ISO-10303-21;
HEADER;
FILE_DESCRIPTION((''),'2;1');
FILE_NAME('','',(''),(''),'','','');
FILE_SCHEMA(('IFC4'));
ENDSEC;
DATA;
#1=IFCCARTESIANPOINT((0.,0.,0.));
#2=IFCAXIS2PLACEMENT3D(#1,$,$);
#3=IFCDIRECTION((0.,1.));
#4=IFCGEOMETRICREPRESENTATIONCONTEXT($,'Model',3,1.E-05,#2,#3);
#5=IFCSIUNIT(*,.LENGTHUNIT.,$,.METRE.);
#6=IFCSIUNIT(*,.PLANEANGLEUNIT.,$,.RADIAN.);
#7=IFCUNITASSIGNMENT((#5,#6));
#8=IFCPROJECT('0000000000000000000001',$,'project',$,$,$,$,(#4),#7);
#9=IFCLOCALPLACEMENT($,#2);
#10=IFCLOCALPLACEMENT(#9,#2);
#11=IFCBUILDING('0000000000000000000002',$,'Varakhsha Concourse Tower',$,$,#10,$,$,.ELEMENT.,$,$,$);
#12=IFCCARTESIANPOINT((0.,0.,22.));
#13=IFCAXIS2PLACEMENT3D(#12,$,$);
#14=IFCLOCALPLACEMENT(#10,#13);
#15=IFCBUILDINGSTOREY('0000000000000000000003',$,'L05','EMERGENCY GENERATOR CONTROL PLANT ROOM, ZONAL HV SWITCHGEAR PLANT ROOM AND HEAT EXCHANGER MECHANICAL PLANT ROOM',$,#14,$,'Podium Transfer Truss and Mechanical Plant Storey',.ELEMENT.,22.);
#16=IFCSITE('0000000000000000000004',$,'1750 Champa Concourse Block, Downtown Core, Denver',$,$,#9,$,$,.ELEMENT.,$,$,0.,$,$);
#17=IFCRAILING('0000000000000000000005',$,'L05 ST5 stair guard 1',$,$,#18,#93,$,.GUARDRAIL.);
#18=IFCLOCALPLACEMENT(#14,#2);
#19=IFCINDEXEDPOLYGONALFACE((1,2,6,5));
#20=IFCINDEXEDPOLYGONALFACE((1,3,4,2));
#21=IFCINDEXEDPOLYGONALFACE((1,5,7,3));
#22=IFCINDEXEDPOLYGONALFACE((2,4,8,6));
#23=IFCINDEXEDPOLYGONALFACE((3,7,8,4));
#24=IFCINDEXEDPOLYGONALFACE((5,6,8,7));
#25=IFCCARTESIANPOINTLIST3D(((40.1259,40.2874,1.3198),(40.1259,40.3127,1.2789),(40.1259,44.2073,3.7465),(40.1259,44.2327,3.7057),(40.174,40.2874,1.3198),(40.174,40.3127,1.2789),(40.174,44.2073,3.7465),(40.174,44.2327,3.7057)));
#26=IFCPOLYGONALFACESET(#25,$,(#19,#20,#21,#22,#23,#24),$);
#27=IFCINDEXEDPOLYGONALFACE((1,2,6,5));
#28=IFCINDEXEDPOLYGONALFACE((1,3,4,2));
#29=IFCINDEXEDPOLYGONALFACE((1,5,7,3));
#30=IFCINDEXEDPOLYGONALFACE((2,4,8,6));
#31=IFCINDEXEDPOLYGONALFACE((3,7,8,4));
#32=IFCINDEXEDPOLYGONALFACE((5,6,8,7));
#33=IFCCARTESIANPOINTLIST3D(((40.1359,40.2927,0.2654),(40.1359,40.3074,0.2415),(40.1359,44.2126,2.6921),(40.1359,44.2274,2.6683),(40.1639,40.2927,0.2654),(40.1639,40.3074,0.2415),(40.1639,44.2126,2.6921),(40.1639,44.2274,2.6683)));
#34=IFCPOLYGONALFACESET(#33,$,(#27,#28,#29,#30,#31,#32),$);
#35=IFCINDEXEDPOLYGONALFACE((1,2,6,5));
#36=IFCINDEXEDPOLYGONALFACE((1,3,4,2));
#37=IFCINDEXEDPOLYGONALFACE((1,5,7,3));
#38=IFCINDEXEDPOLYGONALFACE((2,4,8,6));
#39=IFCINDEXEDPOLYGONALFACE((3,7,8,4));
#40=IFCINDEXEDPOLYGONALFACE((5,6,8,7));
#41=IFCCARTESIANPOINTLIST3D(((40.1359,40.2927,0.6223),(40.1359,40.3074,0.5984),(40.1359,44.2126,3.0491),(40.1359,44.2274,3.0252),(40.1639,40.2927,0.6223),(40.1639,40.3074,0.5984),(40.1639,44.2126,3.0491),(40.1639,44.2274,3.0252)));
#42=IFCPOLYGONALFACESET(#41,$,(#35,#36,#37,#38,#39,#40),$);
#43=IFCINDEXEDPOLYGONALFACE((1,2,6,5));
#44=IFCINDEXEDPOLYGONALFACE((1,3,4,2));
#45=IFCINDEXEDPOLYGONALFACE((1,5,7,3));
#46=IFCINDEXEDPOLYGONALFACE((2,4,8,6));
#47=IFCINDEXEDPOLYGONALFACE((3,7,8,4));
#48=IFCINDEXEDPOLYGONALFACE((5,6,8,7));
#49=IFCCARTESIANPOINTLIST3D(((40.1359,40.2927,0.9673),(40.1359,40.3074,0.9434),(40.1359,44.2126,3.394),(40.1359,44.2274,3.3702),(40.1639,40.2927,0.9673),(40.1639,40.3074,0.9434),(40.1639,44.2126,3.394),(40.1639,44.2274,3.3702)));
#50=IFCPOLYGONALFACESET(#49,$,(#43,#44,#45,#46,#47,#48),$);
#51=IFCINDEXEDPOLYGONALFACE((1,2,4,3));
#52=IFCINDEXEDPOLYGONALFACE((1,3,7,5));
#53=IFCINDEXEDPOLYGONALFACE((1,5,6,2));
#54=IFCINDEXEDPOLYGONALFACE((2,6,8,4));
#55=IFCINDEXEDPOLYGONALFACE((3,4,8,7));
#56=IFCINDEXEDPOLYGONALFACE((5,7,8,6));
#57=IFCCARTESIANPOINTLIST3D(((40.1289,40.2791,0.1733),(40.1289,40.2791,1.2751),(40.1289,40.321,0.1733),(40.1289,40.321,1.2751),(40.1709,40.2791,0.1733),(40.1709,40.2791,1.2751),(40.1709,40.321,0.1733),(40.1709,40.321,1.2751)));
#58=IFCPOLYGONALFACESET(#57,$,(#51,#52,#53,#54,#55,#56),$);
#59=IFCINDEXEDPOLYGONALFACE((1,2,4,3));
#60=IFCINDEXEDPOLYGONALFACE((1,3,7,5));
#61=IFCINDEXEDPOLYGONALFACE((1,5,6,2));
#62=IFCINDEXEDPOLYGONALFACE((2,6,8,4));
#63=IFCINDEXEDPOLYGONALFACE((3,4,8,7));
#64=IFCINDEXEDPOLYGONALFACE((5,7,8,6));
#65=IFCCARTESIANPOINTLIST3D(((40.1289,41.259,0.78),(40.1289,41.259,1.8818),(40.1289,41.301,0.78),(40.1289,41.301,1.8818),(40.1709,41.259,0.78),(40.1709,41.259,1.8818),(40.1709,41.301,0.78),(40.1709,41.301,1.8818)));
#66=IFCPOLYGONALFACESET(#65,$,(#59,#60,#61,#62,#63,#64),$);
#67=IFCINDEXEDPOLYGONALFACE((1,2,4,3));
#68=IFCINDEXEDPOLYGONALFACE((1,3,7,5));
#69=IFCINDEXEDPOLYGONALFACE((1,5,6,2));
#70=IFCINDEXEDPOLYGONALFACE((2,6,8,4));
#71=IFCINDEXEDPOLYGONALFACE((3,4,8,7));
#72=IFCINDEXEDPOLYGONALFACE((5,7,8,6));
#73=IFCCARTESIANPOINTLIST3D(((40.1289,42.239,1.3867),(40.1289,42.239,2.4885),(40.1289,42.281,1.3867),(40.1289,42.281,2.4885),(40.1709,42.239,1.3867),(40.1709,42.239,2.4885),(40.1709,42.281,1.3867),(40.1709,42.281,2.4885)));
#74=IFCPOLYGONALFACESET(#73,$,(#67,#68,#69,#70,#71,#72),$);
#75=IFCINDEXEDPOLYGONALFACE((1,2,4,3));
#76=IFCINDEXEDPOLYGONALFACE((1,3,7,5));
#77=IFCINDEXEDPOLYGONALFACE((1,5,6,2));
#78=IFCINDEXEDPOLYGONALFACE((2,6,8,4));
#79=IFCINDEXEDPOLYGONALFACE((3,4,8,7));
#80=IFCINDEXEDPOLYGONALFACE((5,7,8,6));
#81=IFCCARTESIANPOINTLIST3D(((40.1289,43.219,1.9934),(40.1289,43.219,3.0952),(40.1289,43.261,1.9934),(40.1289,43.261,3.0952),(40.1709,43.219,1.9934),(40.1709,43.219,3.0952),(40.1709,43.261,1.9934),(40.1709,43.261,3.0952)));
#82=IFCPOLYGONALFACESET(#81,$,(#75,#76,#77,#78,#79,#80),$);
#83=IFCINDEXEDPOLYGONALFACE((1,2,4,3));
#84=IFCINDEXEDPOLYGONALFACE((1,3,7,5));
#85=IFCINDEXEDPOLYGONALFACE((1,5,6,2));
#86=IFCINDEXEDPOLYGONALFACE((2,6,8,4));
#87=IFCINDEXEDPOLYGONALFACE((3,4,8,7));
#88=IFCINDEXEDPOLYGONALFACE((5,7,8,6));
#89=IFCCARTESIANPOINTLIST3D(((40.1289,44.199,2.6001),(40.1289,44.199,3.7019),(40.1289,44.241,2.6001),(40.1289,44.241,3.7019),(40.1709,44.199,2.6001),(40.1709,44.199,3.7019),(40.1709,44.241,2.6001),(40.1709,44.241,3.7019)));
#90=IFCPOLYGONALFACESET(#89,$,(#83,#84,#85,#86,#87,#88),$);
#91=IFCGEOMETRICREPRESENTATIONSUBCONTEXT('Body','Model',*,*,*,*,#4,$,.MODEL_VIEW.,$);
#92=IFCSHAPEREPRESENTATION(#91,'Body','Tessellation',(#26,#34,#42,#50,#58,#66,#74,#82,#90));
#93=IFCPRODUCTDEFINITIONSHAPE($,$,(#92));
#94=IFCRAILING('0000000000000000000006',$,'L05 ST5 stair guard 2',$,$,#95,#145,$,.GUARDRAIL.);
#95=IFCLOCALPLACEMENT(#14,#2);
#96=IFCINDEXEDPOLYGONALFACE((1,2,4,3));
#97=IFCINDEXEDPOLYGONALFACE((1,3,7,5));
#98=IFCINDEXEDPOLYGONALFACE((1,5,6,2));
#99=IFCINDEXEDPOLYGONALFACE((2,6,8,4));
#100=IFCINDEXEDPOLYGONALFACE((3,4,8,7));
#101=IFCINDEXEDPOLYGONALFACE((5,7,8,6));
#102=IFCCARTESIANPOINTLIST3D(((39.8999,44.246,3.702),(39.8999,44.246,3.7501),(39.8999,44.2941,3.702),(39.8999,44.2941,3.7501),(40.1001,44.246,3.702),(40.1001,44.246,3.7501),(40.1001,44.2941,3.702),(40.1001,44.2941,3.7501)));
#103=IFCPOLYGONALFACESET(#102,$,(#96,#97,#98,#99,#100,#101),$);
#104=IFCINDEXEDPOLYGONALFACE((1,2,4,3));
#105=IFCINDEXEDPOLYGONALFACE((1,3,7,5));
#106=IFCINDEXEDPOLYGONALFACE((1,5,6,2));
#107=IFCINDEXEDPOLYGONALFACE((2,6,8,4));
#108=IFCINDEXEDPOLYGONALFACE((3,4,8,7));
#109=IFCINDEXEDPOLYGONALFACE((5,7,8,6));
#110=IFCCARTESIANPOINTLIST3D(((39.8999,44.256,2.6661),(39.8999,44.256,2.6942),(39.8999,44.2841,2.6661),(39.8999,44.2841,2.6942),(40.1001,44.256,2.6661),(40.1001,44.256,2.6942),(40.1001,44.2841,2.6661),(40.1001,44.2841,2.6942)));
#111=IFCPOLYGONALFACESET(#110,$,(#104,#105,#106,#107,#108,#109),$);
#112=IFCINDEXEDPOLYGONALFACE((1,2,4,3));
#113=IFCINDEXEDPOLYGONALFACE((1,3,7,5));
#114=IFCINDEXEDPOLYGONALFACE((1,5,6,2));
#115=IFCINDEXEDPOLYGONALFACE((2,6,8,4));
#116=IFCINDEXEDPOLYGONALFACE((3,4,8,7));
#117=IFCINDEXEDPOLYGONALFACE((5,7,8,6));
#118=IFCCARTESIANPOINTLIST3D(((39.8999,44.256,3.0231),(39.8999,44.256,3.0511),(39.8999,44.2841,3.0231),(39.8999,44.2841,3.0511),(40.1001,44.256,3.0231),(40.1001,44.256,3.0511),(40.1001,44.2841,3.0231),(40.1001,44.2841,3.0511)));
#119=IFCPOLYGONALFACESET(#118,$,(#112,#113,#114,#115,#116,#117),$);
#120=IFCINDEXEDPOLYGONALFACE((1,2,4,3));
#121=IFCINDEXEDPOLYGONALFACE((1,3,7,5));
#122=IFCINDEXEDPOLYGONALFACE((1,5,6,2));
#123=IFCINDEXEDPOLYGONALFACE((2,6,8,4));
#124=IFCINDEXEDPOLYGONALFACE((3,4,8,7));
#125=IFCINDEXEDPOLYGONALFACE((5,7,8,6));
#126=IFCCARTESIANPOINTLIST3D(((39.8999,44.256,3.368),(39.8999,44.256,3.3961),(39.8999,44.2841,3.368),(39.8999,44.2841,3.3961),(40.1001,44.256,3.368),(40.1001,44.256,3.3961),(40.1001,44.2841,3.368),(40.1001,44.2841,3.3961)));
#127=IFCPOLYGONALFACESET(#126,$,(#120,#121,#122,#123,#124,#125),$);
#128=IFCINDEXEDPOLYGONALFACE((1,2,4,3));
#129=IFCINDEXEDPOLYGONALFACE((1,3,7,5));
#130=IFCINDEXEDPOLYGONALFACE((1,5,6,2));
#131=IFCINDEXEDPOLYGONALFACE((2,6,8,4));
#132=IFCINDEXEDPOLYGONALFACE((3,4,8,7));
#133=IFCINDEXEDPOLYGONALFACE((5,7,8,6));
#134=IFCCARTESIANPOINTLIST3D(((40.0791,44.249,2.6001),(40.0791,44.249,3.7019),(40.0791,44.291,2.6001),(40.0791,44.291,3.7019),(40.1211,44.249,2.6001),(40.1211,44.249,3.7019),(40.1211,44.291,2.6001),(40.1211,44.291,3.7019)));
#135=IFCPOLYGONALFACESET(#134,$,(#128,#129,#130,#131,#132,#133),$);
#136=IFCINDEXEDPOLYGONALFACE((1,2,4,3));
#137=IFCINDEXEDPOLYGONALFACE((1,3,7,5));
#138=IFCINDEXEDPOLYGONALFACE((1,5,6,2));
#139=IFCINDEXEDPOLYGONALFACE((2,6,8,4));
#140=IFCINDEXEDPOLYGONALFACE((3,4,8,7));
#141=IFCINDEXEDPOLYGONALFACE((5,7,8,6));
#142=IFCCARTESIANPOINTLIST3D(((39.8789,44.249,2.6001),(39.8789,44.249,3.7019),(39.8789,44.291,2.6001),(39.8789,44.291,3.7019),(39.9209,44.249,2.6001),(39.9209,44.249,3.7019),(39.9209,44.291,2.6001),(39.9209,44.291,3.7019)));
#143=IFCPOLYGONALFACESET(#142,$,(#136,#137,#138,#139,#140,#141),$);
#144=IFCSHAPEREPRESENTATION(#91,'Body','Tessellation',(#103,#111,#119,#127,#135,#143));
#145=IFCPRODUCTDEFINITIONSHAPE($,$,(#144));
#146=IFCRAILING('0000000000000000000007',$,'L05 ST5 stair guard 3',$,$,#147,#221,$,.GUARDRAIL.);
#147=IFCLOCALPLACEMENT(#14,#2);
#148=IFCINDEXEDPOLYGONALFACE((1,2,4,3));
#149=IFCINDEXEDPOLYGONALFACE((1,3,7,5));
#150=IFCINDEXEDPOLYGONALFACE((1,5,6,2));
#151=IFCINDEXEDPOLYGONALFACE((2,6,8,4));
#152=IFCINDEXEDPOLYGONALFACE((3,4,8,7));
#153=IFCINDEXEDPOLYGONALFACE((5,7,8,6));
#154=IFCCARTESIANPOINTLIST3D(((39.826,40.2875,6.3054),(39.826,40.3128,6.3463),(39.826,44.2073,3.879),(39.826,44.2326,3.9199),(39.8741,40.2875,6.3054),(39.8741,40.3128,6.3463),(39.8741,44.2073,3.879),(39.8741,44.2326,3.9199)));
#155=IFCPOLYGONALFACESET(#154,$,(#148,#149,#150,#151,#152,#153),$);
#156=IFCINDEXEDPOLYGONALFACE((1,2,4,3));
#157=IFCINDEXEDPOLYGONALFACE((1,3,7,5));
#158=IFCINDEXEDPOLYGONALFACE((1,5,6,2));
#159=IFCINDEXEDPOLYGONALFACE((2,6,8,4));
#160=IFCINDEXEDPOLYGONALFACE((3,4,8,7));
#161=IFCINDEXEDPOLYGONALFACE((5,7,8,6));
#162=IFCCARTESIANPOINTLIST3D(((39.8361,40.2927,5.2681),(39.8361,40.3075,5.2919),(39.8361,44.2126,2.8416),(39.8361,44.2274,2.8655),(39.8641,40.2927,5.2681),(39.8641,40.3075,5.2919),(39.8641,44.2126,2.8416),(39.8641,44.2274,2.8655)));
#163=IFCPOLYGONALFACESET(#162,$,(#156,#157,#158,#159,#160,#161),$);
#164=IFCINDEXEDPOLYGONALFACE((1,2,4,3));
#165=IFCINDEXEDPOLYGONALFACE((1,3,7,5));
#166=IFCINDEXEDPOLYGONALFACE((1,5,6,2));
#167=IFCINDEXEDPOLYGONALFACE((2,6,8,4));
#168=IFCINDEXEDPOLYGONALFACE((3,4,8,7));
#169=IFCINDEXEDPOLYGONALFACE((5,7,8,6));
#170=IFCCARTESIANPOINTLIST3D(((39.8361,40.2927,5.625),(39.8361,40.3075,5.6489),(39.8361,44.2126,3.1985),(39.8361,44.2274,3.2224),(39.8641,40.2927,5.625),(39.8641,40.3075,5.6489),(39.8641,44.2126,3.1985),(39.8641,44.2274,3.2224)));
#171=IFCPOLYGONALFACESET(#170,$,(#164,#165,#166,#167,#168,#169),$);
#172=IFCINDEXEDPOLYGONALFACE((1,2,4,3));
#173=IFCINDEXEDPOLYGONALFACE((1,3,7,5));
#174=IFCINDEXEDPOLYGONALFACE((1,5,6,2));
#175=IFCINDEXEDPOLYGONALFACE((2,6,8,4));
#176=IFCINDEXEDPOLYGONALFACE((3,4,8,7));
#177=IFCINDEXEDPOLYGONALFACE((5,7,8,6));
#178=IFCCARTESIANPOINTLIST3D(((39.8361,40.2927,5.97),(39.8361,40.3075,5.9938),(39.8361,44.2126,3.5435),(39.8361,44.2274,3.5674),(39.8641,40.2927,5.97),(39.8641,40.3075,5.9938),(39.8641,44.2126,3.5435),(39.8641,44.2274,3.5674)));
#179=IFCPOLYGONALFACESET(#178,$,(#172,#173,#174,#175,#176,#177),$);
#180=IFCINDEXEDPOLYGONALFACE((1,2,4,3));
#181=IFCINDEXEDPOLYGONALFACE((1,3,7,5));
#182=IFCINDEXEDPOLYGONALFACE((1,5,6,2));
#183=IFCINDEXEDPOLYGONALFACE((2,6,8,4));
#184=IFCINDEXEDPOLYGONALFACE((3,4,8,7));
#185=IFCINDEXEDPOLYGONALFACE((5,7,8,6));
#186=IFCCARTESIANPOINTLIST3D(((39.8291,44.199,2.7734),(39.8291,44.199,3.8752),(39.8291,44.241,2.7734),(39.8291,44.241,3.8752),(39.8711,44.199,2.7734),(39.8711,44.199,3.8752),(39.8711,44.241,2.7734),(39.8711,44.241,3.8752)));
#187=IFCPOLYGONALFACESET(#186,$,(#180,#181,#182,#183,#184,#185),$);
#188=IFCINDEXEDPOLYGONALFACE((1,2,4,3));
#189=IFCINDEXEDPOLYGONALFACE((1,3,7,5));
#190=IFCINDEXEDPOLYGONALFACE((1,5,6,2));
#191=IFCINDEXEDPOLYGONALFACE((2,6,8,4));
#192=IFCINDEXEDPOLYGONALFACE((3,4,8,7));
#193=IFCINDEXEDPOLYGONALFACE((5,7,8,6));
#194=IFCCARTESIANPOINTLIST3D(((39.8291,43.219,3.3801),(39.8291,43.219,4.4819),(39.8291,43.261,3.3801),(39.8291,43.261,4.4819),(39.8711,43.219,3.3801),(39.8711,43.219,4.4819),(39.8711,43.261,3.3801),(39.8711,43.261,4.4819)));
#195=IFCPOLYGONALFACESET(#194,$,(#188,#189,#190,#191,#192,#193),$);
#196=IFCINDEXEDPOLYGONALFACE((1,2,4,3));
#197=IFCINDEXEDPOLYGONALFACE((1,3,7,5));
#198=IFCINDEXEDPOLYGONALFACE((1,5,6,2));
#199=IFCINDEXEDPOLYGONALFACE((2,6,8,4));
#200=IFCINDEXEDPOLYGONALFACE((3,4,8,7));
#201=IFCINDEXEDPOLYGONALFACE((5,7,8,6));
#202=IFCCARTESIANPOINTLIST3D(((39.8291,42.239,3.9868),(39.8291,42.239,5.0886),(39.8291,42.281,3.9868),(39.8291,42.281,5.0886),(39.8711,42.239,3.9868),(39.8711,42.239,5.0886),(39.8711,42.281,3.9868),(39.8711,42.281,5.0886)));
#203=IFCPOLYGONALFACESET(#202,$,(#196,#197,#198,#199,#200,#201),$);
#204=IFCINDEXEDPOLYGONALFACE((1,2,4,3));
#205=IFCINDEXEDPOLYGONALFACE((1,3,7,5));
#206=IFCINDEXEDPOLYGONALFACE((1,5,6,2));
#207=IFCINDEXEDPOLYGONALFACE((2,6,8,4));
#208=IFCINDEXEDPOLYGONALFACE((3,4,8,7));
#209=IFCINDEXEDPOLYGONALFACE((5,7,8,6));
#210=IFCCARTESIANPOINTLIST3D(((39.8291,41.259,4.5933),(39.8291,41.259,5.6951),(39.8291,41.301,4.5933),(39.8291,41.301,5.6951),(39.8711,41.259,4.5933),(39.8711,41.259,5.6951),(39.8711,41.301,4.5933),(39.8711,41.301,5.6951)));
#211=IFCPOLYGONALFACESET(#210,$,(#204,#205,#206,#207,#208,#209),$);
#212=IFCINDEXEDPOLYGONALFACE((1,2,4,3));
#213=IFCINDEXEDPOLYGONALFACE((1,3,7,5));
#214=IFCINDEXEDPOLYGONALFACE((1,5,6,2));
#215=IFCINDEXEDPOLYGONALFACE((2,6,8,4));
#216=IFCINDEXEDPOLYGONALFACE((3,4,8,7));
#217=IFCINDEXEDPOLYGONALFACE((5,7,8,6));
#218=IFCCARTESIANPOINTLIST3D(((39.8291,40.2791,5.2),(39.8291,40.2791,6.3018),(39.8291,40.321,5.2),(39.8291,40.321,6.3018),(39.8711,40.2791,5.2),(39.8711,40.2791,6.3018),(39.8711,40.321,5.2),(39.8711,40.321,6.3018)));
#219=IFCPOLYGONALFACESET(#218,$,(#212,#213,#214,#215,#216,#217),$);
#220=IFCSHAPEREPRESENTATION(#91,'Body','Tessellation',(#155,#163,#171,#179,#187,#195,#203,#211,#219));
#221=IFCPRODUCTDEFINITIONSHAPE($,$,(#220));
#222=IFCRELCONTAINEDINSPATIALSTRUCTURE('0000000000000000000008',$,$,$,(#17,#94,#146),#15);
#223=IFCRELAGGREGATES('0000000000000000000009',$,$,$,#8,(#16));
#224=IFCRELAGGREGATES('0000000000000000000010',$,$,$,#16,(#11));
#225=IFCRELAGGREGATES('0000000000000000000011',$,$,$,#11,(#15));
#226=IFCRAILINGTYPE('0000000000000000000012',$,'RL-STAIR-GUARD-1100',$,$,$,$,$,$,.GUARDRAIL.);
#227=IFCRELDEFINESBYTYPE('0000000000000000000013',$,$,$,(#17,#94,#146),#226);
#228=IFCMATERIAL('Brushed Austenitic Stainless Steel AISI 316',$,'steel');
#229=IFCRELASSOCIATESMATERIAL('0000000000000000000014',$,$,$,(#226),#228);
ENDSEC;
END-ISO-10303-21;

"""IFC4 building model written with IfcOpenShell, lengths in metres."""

from ifc_helpers import new_model, si_unit, direction, frame, origin, origin_2d, place, context, subcontext, project, spatial, rectangle, extrude, material, type_object, element, save


model = new_model("IFC4")

# Units and contexts
model_context = context("Model", 3, precision=1e-05, world=origin(), true_north=direction((0.0, 1.0)))
body_context = subcontext(model_context, "Body", "Model", "MODEL_VIEW")
ifc_project = project(units=[si_unit("LENGTHUNIT", "METRE"), si_unit("PLANEANGLEUNIT", "RADIAN")], contexts=[model_context])

# Site, building, storey
site_placement = place(None, origin())
site = spatial("IfcSite", under=ifc_project, at=site_placement, Name="1750 Champa Concourse Block, Downtown Core, Denver", CompositionType="ELEMENT", RefElevation=0.0)
building_placement = place(site_placement, origin())
building = spatial("IfcBuilding", under=site, at=building_placement, Name="Varakhsha Concourse Tower", CompositionType="ELEMENT")
storey_placement = place(building_placement, frame((0.0, 0.0, 22.0)))
storey = spatial("IfcBuildingStorey", under=building, at=storey_placement, Name="L05", Description="EMERGENCY GENERATOR CONTROL PLANT ROOM, ZONAL HV SWITCHGEAR PLANT ROOM AND HEAT EXCHANGER MECHANICAL PLANT ROOM", LongName="Podium Transfer Truss and Mechanical Plant Storey", CompositionType="ELEMENT", Elevation=22.0)

# Railings
ifc_material_1 = material(Name="Brushed Austenitic Stainless Steel AISI 316", Category="steel")
railing_type_1 = type_object("IfcRailingType", Name="RL-STAIR-GUARD-1100", PredefinedType="GUARDRAIL", material=ifc_material_1)
railing_1_placement = place(storey_placement, frame((40.1499, 40.3, 0.1733)))
element("IfcRailing", 1, at=railing_1_placement, inside=storey, type_object=railing_type_1, Name="L05 ST5 stair guard 1", PredefinedType="GUARDRAIL", context=body_context, shape_type="SweptSolid", body=[
    extrude(rectangle(XDim=0.0481, YDim=0.0481, at=origin_2d()), frame((0.0, 0.0, 1.126), z_axis=(0.0, 0.850252, 0.526376), x_axis=(-1.0, 0.0, 0.0)), (0.0, 0.0, 1.0), 4.6104),
    extrude(rectangle(XDim=0.0281, YDim=0.0281, at=origin_2d()), frame((0.0, 0.0, 0.0801), z_axis=(0.0, 0.850252, 0.526376), x_axis=(-1.0, 0.0, 0.0)), (0.0, 0.0, 1.0), 4.6104),
    extrude(rectangle(XDim=0.0281, YDim=0.0281, at=origin_2d()), frame((0.0, 0.0, 0.437), z_axis=(0.0, 0.850252, 0.526376), x_axis=(-1.0, 0.0, 0.0)), (0.0, 0.0, 1.0), 4.6104),
    extrude(rectangle(XDim=0.0281, YDim=0.0281, at=origin_2d()), frame((0.0, 0.0, 0.782), z_axis=(0.0, 0.850252, 0.526376), x_axis=(-1.0, 0.0, 0.0)), (0.0, 0.0, 1.0), 4.6104),
    extrude(rectangle(XDim=0.042, YDim=0.042, at=origin_2d()), origin(), (0.0, 0.0, 1.0), 1.1018),
    extrude(rectangle(XDim=0.042, YDim=0.042, at=origin_2d()), frame((0.0, 0.98, 0.6067)), (0.0, 0.0, 1.0), 1.1018),
    extrude(rectangle(XDim=0.042, YDim=0.042, at=origin_2d()), frame((0.0, 1.96, 1.2134)), (0.0, 0.0, 1.0), 1.1018),
    extrude(rectangle(XDim=0.042, YDim=0.042, at=origin_2d()), frame((0.0, 2.9399, 1.8201)), (0.0, 0.0, 1.0), 1.1018),
    extrude(rectangle(XDim=0.042, YDim=0.042, at=origin_2d()), frame((0.0, 3.9199, 2.4268)), (0.0, 0.0, 1.0), 1.1018),
])
railing_2_placement = place(storey_placement, frame((40.1001, 44.27, 2.6001)))
element("IfcRailing", 2, at=railing_2_placement, inside=storey, type_object=railing_type_1, Name="L05 ST5 stair guard 2", PredefinedType="GUARDRAIL", context=body_context, shape_type="SweptSolid", body=[
    extrude(rectangle(XDim=0.0481, YDim=0.0481, at=origin_2d()), frame((0.0, 0.0, 1.126), z_axis=(-1.0, 0.0, 0.0), x_axis=(0.0, -1.0, 0.0)), (0.0, 0.0, 1.0), 0.2002),
    extrude(rectangle(XDim=0.0281, YDim=0.0281, at=origin_2d()), frame((0.0, 0.0, 0.0801), z_axis=(-1.0, 0.0, 0.0), x_axis=(0.0, -1.0, 0.0)), (0.0, 0.0, 1.0), 0.2002),
    extrude(rectangle(XDim=0.0281, YDim=0.0281, at=origin_2d()), frame((0.0, 0.0, 0.437), z_axis=(-1.0, 0.0, 0.0), x_axis=(0.0, -1.0, 0.0)), (0.0, 0.0, 1.0), 0.2002),
    extrude(rectangle(XDim=0.0281, YDim=0.0281, at=origin_2d()), frame((0.0, 0.0, 0.782), z_axis=(-1.0, 0.0, 0.0), x_axis=(0.0, -1.0, 0.0)), (0.0, 0.0, 1.0), 0.2002),
    extrude(rectangle(XDim=0.042, YDim=0.042, at=origin_2d()), origin(), (0.0, 0.0, 1.0), 1.1018),
    extrude(rectangle(XDim=0.042, YDim=0.042, at=origin_2d()), frame((-0.2002, 0.0, 0.0)), (0.0, 0.0, 1.0), 1.1018),
])
railing_3_placement = place(storey_placement, frame((39.8501, 44.22, 2.7734)))
element("IfcRailing", 3, at=railing_3_placement, inside=storey, type_object=railing_type_1, Name="L05 ST5 stair guard 3", PredefinedType="GUARDRAIL", context=body_context, shape_type="SweptSolid", body=[
    extrude(rectangle(XDim=0.0481, YDim=0.0481, at=origin_2d()), frame((0.0, 0.0, 1.126), z_axis=(0.0, -0.850275, 0.526338), x_axis=(1.0, 0.0, 0.0)), (0.0, 0.0, 1.0), 4.6101),
    extrude(rectangle(XDim=0.0281, YDim=0.0281, at=origin_2d()), frame((0.0, 0.0, 0.0801), z_axis=(0.0, -0.850275, 0.526338), x_axis=(1.0, 0.0, 0.0)), (0.0, 0.0, 1.0), 4.6101),
    extrude(rectangle(XDim=0.0281, YDim=0.0281, at=origin_2d()), frame((0.0, 0.0, 0.437), z_axis=(0.0, -0.850275, 0.526338), x_axis=(1.0, 0.0, 0.0)), (0.0, 0.0, 1.0), 4.6101),
    extrude(rectangle(XDim=0.0281, YDim=0.0281, at=origin_2d()), frame((0.0, 0.0, 0.782), z_axis=(0.0, -0.850275, 0.526338), x_axis=(1.0, 0.0, 0.0)), (0.0, 0.0, 1.0), 4.6101),
    extrude(rectangle(XDim=0.042, YDim=0.042, at=origin_2d()), origin(), (0.0, 0.0, 1.0), 1.1018),
    extrude(rectangle(XDim=0.042, YDim=0.042, at=origin_2d()), frame((0.0, -0.98, 0.6067)), (0.0, 0.0, 1.0), 1.1018),
    extrude(rectangle(XDim=0.042, YDim=0.042, at=origin_2d()), frame((0.0, -1.96, 1.2134)), (0.0, 0.0, 1.0), 1.1018),
    extrude(rectangle(XDim=0.042, YDim=0.042, at=origin_2d()), frame((0.0, -2.9399, 1.8198)), (0.0, 0.0, 1.0), 1.1018),
    extrude(rectangle(XDim=0.042, YDim=0.042, at=origin_2d()), frame((0.0, -3.9199, 2.4265)), (0.0, 0.0, 1.0), 1.1018),
])

save(model, "model.ifc")
